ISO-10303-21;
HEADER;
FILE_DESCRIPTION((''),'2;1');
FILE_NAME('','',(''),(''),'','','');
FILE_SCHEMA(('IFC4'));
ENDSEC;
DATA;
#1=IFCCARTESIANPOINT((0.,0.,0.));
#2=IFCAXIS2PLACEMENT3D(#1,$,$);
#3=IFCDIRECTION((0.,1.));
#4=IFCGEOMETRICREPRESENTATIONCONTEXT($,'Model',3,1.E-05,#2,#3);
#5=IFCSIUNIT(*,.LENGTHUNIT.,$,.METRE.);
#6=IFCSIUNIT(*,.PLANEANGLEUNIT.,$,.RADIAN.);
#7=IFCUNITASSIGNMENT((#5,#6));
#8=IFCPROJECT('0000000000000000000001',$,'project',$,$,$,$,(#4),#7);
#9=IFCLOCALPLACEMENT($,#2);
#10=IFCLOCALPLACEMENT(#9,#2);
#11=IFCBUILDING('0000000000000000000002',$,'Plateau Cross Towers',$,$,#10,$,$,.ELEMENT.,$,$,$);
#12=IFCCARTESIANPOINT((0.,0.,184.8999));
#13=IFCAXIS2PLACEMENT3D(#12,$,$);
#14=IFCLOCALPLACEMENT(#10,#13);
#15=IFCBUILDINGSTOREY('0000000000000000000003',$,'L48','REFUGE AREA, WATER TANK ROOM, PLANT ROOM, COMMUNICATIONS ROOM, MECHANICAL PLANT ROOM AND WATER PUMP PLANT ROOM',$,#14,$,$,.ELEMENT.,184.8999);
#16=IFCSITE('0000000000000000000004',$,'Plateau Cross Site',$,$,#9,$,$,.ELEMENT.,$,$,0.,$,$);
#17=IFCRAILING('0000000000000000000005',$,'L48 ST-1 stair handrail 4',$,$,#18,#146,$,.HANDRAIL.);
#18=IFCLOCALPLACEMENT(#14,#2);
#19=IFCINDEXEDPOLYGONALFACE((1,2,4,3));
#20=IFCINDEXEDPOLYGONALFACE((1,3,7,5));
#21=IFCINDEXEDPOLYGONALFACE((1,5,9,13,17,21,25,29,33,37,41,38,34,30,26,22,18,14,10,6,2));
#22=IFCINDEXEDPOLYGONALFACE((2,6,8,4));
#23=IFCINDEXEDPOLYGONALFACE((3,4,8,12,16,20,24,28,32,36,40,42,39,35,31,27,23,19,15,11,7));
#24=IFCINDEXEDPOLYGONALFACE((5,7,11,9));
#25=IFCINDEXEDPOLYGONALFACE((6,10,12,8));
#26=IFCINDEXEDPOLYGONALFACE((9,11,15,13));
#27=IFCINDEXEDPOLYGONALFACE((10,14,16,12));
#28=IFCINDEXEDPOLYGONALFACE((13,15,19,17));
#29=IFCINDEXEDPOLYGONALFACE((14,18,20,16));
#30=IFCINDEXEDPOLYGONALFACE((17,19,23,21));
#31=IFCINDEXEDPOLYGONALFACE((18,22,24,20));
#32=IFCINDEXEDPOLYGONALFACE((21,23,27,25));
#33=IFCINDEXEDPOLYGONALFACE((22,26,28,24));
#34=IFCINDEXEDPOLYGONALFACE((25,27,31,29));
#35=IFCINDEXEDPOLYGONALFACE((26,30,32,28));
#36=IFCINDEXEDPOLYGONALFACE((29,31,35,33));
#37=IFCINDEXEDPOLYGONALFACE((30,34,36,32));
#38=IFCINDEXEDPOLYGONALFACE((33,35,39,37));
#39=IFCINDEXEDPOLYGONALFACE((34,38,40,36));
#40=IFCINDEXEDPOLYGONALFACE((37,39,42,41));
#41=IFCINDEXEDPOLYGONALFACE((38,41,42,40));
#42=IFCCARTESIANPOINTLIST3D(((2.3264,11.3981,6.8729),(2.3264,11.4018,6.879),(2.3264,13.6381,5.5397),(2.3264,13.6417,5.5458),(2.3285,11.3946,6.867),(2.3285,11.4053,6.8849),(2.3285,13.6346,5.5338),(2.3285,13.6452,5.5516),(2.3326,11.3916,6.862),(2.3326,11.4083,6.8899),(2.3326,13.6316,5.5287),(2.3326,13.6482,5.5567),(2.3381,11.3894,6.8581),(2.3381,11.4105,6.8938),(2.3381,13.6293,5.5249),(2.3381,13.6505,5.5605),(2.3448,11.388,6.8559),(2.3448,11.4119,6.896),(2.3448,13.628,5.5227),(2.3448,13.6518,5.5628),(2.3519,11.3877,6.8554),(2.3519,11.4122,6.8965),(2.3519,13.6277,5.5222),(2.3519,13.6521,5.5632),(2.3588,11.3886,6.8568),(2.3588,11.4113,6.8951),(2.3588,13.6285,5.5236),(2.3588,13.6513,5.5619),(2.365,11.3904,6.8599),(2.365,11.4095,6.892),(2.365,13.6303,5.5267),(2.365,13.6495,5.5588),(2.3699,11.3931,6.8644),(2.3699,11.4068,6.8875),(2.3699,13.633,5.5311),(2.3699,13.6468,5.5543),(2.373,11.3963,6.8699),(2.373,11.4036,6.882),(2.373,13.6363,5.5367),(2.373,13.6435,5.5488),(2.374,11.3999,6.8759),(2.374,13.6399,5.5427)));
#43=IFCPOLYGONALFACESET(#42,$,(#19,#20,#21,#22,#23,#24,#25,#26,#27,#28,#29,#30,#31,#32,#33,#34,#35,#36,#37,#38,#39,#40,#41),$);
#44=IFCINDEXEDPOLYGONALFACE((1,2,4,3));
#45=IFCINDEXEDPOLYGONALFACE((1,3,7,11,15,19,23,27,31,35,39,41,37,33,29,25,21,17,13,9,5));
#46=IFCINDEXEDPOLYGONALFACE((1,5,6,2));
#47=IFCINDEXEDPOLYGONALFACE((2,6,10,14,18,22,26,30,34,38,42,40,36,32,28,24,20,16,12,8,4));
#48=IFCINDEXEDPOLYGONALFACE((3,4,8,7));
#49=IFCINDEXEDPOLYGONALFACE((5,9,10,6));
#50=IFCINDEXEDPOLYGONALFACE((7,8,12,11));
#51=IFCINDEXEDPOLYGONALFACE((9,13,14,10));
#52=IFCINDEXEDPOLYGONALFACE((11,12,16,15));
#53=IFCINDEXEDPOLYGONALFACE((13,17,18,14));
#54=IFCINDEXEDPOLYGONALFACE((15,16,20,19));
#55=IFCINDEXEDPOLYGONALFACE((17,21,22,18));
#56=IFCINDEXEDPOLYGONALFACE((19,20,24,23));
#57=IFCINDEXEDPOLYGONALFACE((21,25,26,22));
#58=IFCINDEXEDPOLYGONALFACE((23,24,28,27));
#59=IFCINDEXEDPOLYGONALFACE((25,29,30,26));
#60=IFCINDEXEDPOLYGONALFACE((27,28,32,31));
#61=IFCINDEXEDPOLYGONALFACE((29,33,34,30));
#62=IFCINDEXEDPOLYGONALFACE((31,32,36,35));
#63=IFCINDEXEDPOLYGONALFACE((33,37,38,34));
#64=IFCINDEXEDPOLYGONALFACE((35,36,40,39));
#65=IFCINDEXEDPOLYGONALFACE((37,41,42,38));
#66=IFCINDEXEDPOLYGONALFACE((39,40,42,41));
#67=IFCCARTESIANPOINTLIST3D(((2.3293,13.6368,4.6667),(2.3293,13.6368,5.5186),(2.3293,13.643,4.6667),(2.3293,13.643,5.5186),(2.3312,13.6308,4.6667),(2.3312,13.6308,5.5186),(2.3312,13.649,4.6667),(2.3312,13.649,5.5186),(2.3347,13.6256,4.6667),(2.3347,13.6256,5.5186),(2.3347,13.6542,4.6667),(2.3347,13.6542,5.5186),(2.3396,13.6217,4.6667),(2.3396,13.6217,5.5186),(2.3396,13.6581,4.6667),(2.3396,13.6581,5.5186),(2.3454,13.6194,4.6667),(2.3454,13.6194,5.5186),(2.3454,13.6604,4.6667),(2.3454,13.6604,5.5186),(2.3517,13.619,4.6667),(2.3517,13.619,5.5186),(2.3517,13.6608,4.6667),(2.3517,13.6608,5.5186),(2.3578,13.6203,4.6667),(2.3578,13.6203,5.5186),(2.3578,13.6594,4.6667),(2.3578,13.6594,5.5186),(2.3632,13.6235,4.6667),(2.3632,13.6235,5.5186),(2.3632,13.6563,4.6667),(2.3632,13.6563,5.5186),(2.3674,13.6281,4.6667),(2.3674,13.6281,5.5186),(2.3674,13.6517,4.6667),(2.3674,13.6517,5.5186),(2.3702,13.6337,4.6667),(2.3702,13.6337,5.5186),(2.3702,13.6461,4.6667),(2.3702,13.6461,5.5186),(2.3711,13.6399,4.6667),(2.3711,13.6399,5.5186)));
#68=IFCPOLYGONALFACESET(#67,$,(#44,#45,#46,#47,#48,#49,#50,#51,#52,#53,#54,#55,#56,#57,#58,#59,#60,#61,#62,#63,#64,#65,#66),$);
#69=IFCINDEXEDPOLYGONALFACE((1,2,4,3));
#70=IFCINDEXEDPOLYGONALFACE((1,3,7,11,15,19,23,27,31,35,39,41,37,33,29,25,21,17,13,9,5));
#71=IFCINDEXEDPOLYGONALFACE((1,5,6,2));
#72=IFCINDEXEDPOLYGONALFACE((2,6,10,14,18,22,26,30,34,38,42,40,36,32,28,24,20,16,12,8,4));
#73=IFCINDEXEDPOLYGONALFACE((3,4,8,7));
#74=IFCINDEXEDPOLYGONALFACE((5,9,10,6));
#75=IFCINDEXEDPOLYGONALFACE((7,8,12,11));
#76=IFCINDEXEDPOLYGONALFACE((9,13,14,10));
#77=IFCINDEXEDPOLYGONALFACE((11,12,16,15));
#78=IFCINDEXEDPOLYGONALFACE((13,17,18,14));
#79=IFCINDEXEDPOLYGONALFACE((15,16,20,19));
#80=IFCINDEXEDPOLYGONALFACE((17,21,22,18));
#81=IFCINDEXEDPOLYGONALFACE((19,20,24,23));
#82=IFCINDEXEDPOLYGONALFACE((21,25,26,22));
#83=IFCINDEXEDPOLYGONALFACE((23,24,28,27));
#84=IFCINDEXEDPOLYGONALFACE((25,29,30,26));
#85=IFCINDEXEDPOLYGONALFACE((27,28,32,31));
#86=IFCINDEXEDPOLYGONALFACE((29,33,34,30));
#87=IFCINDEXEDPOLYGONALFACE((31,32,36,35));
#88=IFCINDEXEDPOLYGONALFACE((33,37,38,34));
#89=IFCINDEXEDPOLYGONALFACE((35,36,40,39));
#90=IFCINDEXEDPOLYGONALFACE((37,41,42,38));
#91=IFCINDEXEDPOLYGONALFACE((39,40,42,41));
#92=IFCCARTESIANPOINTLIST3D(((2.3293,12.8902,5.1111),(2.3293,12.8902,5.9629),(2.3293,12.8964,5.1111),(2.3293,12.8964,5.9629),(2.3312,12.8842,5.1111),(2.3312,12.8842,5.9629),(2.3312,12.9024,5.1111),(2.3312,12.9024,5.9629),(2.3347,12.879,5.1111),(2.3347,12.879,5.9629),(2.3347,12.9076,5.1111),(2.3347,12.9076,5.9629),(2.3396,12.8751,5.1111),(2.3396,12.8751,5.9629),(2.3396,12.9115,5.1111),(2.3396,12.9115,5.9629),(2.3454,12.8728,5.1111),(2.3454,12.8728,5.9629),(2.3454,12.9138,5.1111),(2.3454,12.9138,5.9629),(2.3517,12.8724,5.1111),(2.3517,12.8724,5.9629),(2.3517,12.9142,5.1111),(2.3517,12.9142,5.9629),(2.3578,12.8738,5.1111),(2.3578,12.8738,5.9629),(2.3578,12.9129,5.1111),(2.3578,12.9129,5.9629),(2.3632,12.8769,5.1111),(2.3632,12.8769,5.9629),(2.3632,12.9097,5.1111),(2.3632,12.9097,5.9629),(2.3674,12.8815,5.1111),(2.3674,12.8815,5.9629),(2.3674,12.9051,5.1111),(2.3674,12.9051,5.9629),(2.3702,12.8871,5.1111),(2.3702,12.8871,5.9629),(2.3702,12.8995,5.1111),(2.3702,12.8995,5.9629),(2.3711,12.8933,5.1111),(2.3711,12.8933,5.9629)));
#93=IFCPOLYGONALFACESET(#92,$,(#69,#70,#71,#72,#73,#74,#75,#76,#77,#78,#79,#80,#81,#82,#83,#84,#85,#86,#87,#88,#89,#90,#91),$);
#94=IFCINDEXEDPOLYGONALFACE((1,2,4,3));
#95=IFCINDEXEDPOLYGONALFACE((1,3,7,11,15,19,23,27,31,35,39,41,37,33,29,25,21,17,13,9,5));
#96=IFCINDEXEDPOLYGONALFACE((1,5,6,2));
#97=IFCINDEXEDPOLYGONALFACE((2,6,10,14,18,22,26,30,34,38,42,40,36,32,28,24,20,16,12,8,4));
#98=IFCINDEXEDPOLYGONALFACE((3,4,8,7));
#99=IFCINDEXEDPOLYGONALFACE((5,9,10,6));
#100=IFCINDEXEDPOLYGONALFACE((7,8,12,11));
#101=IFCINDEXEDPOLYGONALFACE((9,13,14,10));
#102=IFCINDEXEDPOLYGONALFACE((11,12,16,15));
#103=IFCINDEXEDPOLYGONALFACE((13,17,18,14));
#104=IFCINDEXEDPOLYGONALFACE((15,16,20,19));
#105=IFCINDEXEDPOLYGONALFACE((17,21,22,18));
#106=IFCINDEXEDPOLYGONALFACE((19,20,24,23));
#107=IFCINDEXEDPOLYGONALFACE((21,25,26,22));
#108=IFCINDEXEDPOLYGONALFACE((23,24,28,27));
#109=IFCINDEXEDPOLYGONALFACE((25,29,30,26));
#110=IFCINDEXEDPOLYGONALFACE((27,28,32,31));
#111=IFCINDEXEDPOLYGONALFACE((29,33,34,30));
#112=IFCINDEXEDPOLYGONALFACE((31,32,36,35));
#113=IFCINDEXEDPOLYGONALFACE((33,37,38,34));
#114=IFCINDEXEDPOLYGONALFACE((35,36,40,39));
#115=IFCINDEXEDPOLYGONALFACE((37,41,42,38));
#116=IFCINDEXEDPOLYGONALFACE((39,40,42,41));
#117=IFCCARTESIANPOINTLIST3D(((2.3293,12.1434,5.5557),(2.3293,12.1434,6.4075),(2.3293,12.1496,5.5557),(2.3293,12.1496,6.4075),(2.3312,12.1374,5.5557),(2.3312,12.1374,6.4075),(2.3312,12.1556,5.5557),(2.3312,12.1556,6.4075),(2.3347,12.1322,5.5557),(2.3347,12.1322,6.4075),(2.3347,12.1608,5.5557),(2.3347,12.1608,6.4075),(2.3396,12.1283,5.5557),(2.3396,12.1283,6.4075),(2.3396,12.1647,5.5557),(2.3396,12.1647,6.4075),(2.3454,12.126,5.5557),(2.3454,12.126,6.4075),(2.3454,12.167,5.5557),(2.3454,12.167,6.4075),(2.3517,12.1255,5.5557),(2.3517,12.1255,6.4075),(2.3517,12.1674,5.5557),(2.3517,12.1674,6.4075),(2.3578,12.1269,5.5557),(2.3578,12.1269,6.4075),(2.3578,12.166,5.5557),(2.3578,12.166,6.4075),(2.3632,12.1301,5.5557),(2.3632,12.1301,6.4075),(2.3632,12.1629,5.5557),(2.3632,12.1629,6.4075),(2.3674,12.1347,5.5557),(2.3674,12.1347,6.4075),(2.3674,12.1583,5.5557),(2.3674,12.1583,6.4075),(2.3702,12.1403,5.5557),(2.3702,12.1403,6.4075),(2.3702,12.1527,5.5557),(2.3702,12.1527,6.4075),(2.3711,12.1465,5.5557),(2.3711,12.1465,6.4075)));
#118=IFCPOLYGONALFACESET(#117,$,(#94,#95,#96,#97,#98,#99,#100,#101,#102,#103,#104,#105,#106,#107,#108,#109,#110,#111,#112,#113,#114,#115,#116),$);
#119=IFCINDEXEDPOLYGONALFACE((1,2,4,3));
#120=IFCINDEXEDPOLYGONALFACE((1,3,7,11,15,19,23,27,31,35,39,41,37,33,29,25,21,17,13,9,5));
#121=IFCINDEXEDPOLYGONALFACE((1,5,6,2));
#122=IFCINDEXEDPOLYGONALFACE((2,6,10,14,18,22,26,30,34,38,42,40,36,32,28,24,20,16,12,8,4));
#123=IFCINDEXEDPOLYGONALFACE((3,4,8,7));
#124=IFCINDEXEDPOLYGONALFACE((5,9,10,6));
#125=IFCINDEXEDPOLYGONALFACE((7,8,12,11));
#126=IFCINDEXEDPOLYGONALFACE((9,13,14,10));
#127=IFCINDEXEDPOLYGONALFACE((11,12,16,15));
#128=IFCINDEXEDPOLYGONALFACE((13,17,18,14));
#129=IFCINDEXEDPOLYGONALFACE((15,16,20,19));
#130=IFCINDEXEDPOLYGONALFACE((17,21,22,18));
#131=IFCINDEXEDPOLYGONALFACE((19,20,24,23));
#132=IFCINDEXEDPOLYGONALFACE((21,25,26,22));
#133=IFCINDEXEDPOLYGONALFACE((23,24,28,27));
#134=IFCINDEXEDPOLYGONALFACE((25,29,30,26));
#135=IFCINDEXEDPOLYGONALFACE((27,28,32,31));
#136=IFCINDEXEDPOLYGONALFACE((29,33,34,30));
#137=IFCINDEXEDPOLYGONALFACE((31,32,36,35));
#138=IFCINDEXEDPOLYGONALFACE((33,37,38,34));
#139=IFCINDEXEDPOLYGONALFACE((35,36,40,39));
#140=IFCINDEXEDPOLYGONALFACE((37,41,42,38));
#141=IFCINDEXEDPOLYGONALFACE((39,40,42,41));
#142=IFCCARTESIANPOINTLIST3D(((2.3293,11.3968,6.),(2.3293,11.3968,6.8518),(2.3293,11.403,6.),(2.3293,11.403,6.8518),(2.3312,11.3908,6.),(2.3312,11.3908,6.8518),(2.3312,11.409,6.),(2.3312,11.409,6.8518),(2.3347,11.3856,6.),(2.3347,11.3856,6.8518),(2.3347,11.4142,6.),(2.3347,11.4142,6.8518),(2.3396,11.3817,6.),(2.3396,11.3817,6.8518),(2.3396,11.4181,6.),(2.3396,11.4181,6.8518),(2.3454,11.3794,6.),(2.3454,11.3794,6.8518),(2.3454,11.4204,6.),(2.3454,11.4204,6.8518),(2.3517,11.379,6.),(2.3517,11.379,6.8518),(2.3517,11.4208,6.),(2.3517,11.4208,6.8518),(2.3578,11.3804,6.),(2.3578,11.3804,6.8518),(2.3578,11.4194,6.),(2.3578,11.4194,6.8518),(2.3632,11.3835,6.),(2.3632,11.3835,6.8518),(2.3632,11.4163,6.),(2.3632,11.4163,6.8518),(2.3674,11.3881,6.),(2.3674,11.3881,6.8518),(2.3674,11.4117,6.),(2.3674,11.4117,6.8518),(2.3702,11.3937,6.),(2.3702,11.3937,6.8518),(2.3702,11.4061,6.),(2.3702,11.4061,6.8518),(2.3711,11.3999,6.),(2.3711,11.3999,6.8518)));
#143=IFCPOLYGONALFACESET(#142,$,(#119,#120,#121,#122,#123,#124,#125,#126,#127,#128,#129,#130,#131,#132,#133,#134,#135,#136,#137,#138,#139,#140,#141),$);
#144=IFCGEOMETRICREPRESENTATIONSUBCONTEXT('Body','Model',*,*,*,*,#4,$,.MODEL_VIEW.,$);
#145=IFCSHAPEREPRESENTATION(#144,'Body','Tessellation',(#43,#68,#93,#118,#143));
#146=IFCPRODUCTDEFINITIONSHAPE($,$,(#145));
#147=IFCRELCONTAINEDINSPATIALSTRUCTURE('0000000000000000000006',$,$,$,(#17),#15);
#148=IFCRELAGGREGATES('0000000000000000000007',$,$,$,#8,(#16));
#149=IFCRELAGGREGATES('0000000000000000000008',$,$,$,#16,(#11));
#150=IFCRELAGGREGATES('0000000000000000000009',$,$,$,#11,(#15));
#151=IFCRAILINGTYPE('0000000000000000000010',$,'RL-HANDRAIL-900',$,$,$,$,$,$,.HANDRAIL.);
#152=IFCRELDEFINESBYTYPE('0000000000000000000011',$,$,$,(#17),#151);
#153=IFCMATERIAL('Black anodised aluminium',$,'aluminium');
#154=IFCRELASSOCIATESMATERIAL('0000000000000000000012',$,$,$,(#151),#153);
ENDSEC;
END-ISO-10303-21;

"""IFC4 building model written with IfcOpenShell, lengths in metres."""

from ifc_helpers import new_model, si_unit, direction, frame, origin, origin_2d, place, context, subcontext, project, spatial, circle, extrude, material, type_object, element, save


model = new_model("IFC4")

# Units and contexts
model_context = context("Model", 3, precision=1e-05, world=origin(), true_north=direction((0.0, 1.0)))
body_context = subcontext(model_context, "Body", "Model", "MODEL_VIEW")
ifc_project = project(units=[si_unit("LENGTHUNIT", "METRE"), si_unit("PLANEANGLEUNIT", "RADIAN")], contexts=[model_context])

# Site, building, storey
site_placement = place(None, origin())
site = spatial("IfcSite", under=ifc_project, at=site_placement, Name="Plateau Cross Site", CompositionType="ELEMENT", RefElevation=0.0)
building_placement = place(site_placement, origin())
building = spatial("IfcBuilding", under=site, at=building_placement, Name="Plateau Cross Towers", CompositionType="ELEMENT")
storey_placement = place(building_placement, frame((0.0, 0.0, 184.8999)))
storey = spatial("IfcBuildingStorey", under=building, at=storey_placement, Name="L48", Description="REFUGE AREA, WATER TANK ROOM, PLANT ROOM, COMMUNICATIONS ROOM, MECHANICAL PLANT ROOM AND WATER PUMP PLANT ROOM", CompositionType="ELEMENT", Elevation=184.8999)

# Shared definitions
ifc_material_1 = material(Name="Black anodised aluminium", Category="aluminium")

# Railing
railing_type_1 = type_object("IfcRailingType", Name="RL-HANDRAIL-900", PredefinedType="HANDRAIL", material=ifc_material_1)
railing_1_placement = place(storey_placement, frame((2.3501, 13.6399, 4.6667)))
element("IfcRailing", 1, at=railing_1_placement, inside=storey, type_object=railing_type_1, Name="L48 ST-1 stair handrail 4", PredefinedType="HANDRAIL", context=body_context, shape_type="SweptSolid", body=[
    extrude(circle(Radius=0.0239, at=origin_2d()), frame((0.0, 0.0, 0.876), z_axis=(0.0, -0.859306, 0.511462), x_axis=(1.0, 0.0, 0.0)), (0.0, 0.0, 1.0), 2.6067),
    extrude(circle(Radius=0.021, at=origin_2d()), origin(), (0.0, 0.0, 1.0), 0.8518),
    extrude(circle(Radius=0.021, at=origin_2d()), frame((0.0, -0.7466, 0.4443)), (0.0, 0.0, 1.0), 0.8518),
    extrude(circle(Radius=0.021, at=origin_2d()), frame((0.0, -1.4934, 0.8889)), (0.0, 0.0, 1.0), 0.8518),
    extrude(circle(Radius=0.021, at=origin_2d()), frame((0.0, -2.24, 1.3333)), (0.0, 0.0, 1.0), 0.8518),
])

save(model, "model.ifc")
